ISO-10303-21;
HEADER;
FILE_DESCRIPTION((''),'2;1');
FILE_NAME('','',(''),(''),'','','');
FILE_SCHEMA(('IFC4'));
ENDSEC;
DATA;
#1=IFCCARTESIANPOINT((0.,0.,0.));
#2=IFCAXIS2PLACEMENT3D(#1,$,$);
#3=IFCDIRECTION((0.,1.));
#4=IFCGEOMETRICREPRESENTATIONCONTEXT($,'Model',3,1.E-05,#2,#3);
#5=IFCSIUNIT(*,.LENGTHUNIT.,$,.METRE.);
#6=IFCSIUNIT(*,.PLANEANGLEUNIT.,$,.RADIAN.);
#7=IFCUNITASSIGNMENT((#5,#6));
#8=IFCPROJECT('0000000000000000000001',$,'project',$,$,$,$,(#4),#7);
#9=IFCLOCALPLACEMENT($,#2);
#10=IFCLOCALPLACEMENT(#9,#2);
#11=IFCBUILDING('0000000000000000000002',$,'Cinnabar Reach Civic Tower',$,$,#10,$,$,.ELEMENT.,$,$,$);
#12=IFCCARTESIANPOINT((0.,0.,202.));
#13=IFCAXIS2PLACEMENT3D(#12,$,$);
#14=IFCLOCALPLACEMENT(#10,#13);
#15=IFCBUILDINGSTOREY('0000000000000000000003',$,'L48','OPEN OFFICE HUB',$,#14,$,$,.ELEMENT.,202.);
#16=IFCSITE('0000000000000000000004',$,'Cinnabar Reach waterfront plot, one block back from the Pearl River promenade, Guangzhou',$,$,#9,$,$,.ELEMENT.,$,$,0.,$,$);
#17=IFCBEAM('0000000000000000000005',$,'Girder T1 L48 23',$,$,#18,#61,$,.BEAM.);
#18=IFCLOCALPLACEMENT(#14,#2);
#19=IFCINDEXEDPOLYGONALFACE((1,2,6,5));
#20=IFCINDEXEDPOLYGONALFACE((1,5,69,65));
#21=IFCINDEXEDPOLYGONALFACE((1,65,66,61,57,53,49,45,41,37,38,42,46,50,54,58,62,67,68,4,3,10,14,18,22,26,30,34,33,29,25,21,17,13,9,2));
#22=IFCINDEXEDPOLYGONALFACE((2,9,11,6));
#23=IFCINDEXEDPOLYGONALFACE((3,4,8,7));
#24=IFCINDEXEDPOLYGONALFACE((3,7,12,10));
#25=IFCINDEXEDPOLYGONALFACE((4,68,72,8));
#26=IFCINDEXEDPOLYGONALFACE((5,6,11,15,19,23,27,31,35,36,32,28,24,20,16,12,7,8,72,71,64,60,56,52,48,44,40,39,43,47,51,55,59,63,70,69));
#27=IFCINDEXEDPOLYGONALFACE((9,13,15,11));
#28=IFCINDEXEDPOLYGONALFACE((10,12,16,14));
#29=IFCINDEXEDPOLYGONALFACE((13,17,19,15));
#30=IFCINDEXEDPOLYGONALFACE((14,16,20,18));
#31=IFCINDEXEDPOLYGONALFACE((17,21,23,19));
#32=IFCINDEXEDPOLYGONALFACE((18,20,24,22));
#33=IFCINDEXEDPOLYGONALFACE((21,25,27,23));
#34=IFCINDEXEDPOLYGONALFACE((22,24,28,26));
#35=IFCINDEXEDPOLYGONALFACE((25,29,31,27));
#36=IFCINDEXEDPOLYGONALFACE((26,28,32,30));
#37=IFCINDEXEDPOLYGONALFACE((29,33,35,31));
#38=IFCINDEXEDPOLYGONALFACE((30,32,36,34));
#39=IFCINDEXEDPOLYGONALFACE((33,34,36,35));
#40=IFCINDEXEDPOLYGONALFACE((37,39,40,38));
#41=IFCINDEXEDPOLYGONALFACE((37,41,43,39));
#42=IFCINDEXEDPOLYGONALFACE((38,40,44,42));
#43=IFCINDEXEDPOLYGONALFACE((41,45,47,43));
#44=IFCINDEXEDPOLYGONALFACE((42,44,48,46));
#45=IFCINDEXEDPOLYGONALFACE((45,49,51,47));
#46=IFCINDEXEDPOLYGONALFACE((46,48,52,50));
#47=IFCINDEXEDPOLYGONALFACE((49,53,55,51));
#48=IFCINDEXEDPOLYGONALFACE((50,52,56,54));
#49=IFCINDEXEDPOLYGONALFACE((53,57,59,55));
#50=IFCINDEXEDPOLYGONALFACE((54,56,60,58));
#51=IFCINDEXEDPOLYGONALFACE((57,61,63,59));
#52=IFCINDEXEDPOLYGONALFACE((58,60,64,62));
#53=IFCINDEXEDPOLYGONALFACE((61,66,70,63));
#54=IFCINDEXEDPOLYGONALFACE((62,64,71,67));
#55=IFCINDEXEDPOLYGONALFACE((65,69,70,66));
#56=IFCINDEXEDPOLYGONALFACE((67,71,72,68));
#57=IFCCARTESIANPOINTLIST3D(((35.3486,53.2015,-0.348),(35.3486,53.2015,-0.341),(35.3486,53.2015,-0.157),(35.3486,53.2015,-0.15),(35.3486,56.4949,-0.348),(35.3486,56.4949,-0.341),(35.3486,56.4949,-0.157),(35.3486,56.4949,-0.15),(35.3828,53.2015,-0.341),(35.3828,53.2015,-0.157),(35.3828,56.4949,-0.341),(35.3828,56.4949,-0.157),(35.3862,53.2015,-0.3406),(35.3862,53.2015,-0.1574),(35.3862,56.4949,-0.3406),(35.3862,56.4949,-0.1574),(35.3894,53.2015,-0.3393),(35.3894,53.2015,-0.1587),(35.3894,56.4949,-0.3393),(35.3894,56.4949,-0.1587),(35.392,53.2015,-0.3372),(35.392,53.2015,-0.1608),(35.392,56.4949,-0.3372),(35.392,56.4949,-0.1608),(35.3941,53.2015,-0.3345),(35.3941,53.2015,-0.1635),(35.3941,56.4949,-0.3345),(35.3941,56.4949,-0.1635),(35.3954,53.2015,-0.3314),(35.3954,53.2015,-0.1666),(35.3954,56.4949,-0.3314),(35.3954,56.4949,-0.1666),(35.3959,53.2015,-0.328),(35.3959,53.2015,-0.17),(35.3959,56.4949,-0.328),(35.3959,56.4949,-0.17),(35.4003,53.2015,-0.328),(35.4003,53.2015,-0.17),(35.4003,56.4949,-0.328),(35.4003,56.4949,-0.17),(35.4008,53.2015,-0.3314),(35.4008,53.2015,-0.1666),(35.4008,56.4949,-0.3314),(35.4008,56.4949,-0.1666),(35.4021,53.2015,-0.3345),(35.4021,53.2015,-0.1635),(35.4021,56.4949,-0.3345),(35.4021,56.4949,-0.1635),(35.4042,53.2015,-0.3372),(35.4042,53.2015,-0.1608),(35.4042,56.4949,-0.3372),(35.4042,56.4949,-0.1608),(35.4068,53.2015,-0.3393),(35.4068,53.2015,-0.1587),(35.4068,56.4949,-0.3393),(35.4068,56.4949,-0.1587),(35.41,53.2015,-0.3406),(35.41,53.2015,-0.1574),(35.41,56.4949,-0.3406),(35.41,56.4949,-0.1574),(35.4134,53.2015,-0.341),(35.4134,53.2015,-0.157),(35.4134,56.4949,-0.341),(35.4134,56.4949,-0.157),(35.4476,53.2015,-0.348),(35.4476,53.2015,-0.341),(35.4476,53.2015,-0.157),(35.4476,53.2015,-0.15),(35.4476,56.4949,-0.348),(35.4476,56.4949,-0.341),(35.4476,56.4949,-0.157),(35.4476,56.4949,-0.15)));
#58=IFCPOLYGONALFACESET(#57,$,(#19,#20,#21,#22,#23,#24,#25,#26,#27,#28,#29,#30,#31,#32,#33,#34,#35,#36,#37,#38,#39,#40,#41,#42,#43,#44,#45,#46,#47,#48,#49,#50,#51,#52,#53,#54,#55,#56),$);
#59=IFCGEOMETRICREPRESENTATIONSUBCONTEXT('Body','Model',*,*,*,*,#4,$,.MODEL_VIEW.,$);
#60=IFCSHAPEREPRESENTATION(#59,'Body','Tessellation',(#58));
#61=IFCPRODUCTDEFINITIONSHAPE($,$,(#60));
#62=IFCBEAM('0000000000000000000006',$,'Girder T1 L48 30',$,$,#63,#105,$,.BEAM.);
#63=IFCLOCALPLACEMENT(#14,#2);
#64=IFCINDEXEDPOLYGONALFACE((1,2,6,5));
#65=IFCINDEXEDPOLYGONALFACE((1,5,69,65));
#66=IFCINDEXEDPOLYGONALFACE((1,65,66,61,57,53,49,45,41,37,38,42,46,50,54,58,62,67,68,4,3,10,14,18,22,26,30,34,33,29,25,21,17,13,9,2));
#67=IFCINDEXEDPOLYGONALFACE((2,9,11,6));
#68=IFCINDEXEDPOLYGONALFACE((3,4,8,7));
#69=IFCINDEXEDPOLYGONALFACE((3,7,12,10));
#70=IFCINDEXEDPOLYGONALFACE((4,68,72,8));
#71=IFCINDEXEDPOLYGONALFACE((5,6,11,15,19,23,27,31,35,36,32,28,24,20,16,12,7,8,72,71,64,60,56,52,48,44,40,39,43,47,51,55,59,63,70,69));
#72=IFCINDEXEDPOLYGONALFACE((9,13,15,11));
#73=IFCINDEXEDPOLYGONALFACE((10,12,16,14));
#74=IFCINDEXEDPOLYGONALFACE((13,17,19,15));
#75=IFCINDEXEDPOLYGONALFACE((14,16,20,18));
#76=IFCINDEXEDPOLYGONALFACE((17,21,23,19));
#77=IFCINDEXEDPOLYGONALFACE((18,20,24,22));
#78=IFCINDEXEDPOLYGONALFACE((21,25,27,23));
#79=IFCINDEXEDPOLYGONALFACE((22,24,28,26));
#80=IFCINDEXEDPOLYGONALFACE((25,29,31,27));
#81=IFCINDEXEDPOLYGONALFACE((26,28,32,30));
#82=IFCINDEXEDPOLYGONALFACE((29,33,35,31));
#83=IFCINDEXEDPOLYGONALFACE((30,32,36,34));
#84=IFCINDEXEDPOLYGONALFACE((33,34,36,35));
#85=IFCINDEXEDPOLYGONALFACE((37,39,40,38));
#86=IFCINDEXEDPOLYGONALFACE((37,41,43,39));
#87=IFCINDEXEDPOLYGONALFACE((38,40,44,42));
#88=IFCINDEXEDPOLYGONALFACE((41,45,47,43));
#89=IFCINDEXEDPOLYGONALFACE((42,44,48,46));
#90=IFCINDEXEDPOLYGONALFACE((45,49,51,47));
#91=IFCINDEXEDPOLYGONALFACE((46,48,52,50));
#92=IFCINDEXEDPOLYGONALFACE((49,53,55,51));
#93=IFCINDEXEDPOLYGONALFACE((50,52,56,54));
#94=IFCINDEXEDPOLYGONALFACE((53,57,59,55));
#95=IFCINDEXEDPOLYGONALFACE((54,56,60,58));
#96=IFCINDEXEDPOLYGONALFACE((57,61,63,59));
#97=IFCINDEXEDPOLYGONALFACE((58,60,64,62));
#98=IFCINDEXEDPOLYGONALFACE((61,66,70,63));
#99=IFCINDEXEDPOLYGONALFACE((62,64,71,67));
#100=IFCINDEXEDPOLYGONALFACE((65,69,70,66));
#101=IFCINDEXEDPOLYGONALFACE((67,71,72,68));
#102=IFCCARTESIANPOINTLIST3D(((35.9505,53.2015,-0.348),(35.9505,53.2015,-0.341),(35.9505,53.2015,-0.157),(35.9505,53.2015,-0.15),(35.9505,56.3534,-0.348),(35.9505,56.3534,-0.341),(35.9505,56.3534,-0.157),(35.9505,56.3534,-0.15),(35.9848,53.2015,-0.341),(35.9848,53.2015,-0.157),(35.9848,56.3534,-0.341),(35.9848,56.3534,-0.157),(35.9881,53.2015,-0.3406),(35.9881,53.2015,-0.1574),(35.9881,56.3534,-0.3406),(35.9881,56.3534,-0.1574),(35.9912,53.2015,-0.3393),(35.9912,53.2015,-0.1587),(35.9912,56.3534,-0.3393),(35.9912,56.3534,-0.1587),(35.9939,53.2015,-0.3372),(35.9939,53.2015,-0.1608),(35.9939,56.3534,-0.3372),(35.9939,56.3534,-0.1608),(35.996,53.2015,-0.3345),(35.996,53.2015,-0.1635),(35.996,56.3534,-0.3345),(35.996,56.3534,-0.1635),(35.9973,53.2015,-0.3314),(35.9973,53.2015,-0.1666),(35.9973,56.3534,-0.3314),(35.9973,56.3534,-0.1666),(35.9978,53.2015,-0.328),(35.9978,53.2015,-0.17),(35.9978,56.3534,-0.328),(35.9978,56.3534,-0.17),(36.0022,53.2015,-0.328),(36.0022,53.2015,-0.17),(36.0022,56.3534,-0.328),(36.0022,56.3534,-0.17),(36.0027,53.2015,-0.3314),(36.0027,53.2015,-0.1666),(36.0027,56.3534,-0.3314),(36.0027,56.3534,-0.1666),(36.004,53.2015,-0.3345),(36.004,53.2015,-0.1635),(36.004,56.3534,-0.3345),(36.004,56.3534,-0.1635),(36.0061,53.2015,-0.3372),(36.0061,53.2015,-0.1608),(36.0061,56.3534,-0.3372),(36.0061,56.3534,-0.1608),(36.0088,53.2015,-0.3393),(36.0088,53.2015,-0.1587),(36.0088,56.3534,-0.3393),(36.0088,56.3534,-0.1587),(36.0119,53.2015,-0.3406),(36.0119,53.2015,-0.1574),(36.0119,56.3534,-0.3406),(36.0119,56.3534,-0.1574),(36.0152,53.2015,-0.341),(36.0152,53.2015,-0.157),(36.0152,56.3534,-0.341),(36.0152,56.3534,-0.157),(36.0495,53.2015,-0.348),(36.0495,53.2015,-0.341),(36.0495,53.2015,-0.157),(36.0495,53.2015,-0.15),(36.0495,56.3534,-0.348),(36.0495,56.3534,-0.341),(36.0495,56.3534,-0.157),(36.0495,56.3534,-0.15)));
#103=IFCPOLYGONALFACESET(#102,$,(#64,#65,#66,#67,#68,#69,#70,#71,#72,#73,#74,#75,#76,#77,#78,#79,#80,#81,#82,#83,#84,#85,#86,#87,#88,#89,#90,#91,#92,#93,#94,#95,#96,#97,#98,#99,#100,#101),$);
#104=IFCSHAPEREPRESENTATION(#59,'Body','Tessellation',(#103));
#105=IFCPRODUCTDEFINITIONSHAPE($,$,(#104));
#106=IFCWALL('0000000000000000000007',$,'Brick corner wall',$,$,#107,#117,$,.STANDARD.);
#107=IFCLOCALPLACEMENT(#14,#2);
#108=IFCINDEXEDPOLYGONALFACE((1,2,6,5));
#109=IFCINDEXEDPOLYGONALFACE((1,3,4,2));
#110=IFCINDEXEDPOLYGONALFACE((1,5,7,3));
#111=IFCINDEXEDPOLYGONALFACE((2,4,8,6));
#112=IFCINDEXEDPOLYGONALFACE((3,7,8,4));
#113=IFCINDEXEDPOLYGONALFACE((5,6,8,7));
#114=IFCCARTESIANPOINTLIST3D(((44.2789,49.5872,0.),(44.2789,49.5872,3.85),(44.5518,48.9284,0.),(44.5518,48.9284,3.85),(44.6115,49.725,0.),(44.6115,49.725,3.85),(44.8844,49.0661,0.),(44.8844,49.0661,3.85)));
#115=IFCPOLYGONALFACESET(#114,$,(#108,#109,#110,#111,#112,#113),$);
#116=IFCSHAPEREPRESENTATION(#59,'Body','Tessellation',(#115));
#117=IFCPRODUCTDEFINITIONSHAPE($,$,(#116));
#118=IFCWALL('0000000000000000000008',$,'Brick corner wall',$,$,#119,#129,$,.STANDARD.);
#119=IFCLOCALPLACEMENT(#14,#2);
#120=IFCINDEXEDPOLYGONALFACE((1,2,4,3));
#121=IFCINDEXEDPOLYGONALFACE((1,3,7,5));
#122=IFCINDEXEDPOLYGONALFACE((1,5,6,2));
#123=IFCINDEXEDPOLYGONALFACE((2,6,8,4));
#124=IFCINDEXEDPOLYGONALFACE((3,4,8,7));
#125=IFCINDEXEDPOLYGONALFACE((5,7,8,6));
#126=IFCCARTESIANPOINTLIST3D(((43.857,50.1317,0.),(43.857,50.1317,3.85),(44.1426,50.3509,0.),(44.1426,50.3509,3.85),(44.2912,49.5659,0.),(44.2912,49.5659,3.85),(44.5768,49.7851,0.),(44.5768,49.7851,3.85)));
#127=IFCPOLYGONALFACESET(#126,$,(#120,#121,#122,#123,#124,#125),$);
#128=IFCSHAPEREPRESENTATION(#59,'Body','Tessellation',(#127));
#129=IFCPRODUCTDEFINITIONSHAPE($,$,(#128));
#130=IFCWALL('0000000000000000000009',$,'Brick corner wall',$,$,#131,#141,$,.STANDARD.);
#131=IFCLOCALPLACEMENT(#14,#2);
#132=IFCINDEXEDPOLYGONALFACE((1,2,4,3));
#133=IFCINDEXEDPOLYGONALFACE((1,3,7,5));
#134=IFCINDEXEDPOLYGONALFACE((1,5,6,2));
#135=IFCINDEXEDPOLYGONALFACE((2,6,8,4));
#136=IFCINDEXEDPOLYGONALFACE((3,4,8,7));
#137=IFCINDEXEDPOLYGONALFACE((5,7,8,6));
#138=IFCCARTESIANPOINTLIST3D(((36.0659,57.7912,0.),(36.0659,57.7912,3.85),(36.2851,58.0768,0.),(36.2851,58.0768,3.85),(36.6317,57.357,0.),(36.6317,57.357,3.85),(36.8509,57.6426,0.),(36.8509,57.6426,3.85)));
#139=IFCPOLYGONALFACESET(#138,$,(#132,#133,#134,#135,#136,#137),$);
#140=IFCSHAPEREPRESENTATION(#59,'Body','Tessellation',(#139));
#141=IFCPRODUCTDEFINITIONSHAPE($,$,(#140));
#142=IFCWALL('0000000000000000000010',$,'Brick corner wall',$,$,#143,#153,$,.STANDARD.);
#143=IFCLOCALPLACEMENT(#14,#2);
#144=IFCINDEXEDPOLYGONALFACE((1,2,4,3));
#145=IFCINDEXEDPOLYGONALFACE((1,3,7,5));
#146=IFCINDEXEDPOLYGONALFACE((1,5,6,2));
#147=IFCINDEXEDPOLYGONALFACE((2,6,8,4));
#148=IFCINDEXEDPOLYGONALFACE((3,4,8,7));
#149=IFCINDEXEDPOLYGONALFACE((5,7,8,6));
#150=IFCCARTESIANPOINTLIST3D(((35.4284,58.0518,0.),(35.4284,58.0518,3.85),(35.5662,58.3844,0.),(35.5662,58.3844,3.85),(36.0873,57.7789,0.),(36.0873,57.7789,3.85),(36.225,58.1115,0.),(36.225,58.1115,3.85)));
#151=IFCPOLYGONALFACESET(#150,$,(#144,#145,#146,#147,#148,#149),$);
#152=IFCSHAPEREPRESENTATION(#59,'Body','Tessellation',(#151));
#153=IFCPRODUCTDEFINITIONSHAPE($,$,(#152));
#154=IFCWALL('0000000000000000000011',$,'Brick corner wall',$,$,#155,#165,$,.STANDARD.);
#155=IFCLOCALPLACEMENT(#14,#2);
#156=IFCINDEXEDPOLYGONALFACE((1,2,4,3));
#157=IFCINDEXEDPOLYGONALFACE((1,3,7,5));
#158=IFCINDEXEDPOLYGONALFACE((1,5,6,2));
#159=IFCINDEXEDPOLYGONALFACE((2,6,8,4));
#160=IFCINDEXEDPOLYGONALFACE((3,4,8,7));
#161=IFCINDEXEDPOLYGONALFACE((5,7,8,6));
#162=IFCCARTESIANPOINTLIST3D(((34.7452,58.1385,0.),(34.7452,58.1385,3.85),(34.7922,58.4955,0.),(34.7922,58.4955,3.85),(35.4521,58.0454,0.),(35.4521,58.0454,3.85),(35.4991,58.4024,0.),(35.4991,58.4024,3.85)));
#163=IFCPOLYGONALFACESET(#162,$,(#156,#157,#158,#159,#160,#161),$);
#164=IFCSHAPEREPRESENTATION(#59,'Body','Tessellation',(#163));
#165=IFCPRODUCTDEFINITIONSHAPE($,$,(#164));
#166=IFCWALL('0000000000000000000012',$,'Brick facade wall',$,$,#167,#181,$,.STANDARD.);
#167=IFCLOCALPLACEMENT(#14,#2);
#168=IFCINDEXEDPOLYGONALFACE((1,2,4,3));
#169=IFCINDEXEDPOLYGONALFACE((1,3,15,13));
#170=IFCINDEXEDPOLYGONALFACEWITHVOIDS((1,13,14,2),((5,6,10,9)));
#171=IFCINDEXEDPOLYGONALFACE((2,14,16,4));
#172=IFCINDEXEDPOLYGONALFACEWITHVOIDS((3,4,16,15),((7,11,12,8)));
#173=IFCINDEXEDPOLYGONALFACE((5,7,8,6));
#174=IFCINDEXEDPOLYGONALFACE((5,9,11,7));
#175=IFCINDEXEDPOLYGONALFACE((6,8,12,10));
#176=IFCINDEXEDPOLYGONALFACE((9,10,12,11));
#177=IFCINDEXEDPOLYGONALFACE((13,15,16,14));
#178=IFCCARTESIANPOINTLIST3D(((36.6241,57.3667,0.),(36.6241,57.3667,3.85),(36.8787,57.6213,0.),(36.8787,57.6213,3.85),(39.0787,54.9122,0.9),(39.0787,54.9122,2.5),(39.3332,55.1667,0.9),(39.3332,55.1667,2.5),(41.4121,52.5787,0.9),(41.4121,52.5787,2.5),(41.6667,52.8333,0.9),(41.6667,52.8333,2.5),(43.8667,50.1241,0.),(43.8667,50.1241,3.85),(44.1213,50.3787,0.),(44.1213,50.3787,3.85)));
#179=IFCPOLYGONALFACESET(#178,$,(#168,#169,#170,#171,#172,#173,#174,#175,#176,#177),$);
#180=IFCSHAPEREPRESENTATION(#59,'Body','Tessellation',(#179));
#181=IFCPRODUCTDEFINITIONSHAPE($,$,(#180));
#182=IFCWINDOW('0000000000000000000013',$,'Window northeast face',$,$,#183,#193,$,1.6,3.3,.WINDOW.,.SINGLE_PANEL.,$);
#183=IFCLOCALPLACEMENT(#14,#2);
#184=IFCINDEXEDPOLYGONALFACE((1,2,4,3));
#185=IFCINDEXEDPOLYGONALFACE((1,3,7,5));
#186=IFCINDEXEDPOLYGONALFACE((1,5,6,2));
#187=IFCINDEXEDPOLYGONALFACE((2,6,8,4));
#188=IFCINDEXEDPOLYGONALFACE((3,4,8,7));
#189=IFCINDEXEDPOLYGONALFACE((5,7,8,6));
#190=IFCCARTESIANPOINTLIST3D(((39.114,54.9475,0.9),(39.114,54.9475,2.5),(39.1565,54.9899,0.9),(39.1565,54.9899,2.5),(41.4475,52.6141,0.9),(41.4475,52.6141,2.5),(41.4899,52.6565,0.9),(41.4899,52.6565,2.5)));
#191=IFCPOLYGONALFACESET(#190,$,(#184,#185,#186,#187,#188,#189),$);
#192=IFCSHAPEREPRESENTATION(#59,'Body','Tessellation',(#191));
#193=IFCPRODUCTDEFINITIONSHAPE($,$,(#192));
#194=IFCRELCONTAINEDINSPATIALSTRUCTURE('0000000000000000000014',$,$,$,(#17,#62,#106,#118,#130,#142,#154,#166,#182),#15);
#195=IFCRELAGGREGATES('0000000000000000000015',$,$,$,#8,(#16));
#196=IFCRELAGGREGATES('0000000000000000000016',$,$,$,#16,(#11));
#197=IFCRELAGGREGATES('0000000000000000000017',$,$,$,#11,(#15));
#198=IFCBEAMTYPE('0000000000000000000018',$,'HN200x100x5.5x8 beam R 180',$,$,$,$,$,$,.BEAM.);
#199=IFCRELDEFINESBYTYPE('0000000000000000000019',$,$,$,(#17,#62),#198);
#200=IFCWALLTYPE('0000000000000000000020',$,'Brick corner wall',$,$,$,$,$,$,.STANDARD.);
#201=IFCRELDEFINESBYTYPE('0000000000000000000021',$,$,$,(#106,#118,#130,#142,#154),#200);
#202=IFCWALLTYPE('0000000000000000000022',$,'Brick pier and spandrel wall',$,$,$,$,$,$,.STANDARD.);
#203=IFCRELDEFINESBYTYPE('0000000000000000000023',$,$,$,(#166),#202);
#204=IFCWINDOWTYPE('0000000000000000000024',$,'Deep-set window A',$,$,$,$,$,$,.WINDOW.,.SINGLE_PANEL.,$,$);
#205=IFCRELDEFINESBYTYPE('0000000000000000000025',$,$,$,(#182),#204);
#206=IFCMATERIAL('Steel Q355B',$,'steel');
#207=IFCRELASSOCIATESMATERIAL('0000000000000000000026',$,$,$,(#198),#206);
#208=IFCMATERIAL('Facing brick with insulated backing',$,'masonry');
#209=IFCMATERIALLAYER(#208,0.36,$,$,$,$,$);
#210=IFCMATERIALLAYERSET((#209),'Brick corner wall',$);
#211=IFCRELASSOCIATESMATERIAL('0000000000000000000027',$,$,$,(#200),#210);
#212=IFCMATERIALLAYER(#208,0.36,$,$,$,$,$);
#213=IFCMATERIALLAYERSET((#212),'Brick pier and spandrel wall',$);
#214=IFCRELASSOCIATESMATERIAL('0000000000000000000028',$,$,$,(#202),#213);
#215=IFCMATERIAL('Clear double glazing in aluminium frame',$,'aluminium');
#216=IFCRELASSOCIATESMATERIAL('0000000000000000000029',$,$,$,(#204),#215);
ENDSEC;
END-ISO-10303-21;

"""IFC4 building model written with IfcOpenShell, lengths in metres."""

from ifc_helpers import new_model, si_unit, direction, frame, frame_2d, origin, origin_2d, place, context, subcontext, project, spatial, rectangle, i_section, extrude, material, layer, layer_set, material_profile, profile_set, type_object, element, fill, save


model = new_model("IFC4")

# Units and contexts
model_context = context("Model", 3, precision=1e-05, world=origin(), true_north=direction((0.0, 1.0)))
body_context = subcontext(model_context, "Body", "Model", "MODEL_VIEW")
ifc_project = project(units=[si_unit("LENGTHUNIT", "METRE"), si_unit("PLANEANGLEUNIT", "RADIAN")], contexts=[model_context])

# Site, building, storey
site_placement = place(None, origin())
site = spatial("IfcSite", under=ifc_project, at=site_placement, Name="Cinnabar Reach waterfront plot, one block back from the Pearl River promenade, Guangzhou", CompositionType="ELEMENT", RefElevation=0.0)
building_placement = place(site_placement, origin())
building = spatial("IfcBuilding", under=site, at=building_placement, Name="Cinnabar Reach Civic Tower", CompositionType="ELEMENT")
storey_placement = place(building_placement, frame((0.0, 0.0, 202.0)))
storey = spatial("IfcBuildingStorey", under=building, at=storey_placement, Name="L48", Description="OPEN OFFICE HUB", CompositionType="ELEMENT", Elevation=202.0)

# Beams
ifc_material_1 = material(Name="Steel Q355B", Category="steel")
ifc_material_profile_1 = material_profile(ifc_material_1, i_section(OverallWidth=0.099, OverallDepth=0.198, WebThickness=0.0045, FlangeThickness=0.007, FilletRadius=0.013, at=origin_2d()), Name="HN200x100x5.5x8")
ifc_profile_set_1 = profile_set([ifc_material_profile_1], Name="Steel Q355B")
beam_type_1 = type_object("IfcBeamType", Name="HN200x100x5.5x8 beam R 180", PredefinedType="BEAM", material=ifc_profile_set_1)
beam_1_placement = place(storey_placement, frame((35.3981, 53.2015, -0.249), z_axis=(0.0, 1.0, 0.0), x_axis=(-1.0, 0.0, 0.0)))
element("IfcBeam", 1, at=beam_1_placement, inside=storey, type_object=beam_type_1, Name="Girder T1 L48 23", PredefinedType="BEAM", context=body_context, shape_type="SweptSolid", body=[
    extrude(i_section(OverallWidth=0.099, OverallDepth=0.198, WebThickness=0.0045, FlangeThickness=0.007, FilletRadius=0.013, at=origin_2d()), origin(), (0.0, 0.0, 1.0), 3.2934),
])
beam_2_placement = place(storey_placement, frame((36.0, 53.2015, -0.249), z_axis=(0.0, 1.0, 0.0), x_axis=(-1.0, 0.0, 0.0)))
element("IfcBeam", 2, at=beam_2_placement, inside=storey, type_object=beam_type_1, Name="Girder T1 L48 30", PredefinedType="BEAM", context=body_context, shape_type="SweptSolid", body=[
    extrude(i_section(OverallWidth=0.099, OverallDepth=0.198, WebThickness=0.0045, FlangeThickness=0.007, FilletRadius=0.013, at=origin_2d()), origin(), (0.0, 0.0, 1.0), 3.1519),
])

# Walls
ifc_material_2 = material(Name="Facing brick with insulated backing", Category="masonry")
ifc_layer_1 = layer(ifc_material_2, 0.36)
ifc_layer_set_1 = layer_set([ifc_layer_1], Name="Brick corner wall")
wall_type_1 = type_object("IfcWallType", Name="Brick corner wall", PredefinedType="STANDARD", material=ifc_layer_set_1)
wall_1_placement = place(storey_placement, frame((44.7181, 48.9973, 0.0), z_axis=(0.0, 0.0, 1.0), x_axis=(-0.382703, 0.923872, 0.0)))
element("IfcWall", 3, at=wall_1_placement, inside=storey, type_object=wall_type_1, Name="Brick corner wall", PredefinedType="STANDARD", context=body_context, shape_type="SweptSolid", body=[
    extrude(rectangle(XDim=0.7131, YDim=0.36, at=frame_2d((0.3565, 0.0))), origin(), (0.0, 0.0, 1.0), 3.85),
])
for number, where, z_axis, x_axis, name in (
    (4, (44.434, 49.6755, 0.0), (0.0, 0.0, 1.0), (-0.608802, 0.793322, 0.0), "Brick corner wall"),
    (5, (36.7413, 57.4998, 0.0), (0.0, 0.0, 1.0), (-0.793322, 0.608802, 0.0), "Brick corner wall"),
):
    element("IfcWall", number, at=place(storey_placement, frame(where, z_axis=z_axis, x_axis=x_axis)), inside=storey, type_object=wall_type_1, Name=name, PredefinedType="STANDARD", context=body_context, shape_type="SweptSolid", body=[
        extrude(rectangle(XDim=0.7132, YDim=0.36, at=frame_2d((0.3566, 0.0))), origin(), (0.0, 0.0, 1.0), 3.85),
    ])
for number, where, z_axis, x_axis, name in (
    (6, (36.1561, 57.9452, 0.0), (0.0, 0.0, 1.0), (-0.923872, 0.382703, 0.0), "Brick corner wall"),
    (7, (35.4756, 58.2239, 0.0), (0.0, 0.0, 1.0), (-0.991441, 0.130556, 0.0), "Brick corner wall"),
):
    element("IfcWall", number, at=place(storey_placement, frame(where, z_axis=z_axis, x_axis=x_axis)), inside=storey, type_object=wall_type_1, Name=name, PredefinedType="STANDARD", context=body_context, shape_type="SweptSolid", body=[
        extrude(rectangle(XDim=0.7131, YDim=0.36, at=frame_2d((0.3565, 0.0))), origin(), (0.0, 0.0, 1.0), 3.85),
    ])

# Wall, opening, window
ifc_layer_2 = layer(ifc_material_2, 0.36)
ifc_layer_set_2 = layer_set([ifc_layer_2], Name="Brick pier and spandrel wall")
wall_type_2 = type_object("IfcWallType", Name="Brick pier and spandrel wall", PredefinedType="STANDARD", material=ifc_layer_set_2)
wall_2_placement = place(storey_placement, frame((43.994, 50.2514, 0.0), z_axis=(0.0, 0.0, 1.0), x_axis=(-0.707107, 0.707107, 0.0)))
wall_2 = element("IfcWall", 8, at=wall_2_placement, inside=storey, type_object=wall_type_2, Name="Brick facade wall", PredefinedType="STANDARD", context=body_context, shape_type="SweptSolid", body=[
    extrude(rectangle(XDim=10.2426, YDim=0.36, at=frame_2d((5.1213, 0.0))), origin(), (0.0, 0.0, 1.0), 3.85),
])
opening_1_placement = place(wall_2_placement, frame((3.4713, 0.0, 0.9)))
opening_1 = element("IfcOpeningElement", 9, at=opening_1_placement, cuts=wall_2, PredefinedType="OPENING", context=body_context, shape_type="SweptSolid", body=[
    extrude(rectangle(XDim=3.3, YDim=1.6, at=frame_2d((1.65, 0.8))), frame((0.0, 0.19, 0.0), z_axis=(0.0, -1.0, 0.0), x_axis=(1.0, 0.0, 0.0)), (0.0, 0.0, 1.0), 0.38),
])
ifc_material_3 = material(Name="Clear double glazing in aluminium frame", Category="aluminium")
window_type = type_object("IfcWindowType", Name="Deep-set window A", PartitioningType="SINGLE_PANEL", PredefinedType="WINDOW", material=ifc_material_3)
window_1_placement = place(opening_1_placement, origin())
window_1 = element("IfcWindow", 10, at=window_1_placement, inside=storey, type_object=window_type, Name="Window northeast face", OverallHeight=1.6, OverallWidth=3.3, PartitioningType="SINGLE_PANEL", PredefinedType="WINDOW", context=body_context, shape_type="SweptSolid", body=[
    extrude(rectangle(XDim=3.3, YDim=1.6, at=frame_2d((1.65, 0.8))), frame((0.0, 0.13, 0.0), z_axis=(0.0, -1.0, 0.0), x_axis=(1.0, 0.0, 0.0)), (0.0, 0.0, 1.0), 0.06),
])
fill(opening_1, window_1)

save(model, "model.ifc")
